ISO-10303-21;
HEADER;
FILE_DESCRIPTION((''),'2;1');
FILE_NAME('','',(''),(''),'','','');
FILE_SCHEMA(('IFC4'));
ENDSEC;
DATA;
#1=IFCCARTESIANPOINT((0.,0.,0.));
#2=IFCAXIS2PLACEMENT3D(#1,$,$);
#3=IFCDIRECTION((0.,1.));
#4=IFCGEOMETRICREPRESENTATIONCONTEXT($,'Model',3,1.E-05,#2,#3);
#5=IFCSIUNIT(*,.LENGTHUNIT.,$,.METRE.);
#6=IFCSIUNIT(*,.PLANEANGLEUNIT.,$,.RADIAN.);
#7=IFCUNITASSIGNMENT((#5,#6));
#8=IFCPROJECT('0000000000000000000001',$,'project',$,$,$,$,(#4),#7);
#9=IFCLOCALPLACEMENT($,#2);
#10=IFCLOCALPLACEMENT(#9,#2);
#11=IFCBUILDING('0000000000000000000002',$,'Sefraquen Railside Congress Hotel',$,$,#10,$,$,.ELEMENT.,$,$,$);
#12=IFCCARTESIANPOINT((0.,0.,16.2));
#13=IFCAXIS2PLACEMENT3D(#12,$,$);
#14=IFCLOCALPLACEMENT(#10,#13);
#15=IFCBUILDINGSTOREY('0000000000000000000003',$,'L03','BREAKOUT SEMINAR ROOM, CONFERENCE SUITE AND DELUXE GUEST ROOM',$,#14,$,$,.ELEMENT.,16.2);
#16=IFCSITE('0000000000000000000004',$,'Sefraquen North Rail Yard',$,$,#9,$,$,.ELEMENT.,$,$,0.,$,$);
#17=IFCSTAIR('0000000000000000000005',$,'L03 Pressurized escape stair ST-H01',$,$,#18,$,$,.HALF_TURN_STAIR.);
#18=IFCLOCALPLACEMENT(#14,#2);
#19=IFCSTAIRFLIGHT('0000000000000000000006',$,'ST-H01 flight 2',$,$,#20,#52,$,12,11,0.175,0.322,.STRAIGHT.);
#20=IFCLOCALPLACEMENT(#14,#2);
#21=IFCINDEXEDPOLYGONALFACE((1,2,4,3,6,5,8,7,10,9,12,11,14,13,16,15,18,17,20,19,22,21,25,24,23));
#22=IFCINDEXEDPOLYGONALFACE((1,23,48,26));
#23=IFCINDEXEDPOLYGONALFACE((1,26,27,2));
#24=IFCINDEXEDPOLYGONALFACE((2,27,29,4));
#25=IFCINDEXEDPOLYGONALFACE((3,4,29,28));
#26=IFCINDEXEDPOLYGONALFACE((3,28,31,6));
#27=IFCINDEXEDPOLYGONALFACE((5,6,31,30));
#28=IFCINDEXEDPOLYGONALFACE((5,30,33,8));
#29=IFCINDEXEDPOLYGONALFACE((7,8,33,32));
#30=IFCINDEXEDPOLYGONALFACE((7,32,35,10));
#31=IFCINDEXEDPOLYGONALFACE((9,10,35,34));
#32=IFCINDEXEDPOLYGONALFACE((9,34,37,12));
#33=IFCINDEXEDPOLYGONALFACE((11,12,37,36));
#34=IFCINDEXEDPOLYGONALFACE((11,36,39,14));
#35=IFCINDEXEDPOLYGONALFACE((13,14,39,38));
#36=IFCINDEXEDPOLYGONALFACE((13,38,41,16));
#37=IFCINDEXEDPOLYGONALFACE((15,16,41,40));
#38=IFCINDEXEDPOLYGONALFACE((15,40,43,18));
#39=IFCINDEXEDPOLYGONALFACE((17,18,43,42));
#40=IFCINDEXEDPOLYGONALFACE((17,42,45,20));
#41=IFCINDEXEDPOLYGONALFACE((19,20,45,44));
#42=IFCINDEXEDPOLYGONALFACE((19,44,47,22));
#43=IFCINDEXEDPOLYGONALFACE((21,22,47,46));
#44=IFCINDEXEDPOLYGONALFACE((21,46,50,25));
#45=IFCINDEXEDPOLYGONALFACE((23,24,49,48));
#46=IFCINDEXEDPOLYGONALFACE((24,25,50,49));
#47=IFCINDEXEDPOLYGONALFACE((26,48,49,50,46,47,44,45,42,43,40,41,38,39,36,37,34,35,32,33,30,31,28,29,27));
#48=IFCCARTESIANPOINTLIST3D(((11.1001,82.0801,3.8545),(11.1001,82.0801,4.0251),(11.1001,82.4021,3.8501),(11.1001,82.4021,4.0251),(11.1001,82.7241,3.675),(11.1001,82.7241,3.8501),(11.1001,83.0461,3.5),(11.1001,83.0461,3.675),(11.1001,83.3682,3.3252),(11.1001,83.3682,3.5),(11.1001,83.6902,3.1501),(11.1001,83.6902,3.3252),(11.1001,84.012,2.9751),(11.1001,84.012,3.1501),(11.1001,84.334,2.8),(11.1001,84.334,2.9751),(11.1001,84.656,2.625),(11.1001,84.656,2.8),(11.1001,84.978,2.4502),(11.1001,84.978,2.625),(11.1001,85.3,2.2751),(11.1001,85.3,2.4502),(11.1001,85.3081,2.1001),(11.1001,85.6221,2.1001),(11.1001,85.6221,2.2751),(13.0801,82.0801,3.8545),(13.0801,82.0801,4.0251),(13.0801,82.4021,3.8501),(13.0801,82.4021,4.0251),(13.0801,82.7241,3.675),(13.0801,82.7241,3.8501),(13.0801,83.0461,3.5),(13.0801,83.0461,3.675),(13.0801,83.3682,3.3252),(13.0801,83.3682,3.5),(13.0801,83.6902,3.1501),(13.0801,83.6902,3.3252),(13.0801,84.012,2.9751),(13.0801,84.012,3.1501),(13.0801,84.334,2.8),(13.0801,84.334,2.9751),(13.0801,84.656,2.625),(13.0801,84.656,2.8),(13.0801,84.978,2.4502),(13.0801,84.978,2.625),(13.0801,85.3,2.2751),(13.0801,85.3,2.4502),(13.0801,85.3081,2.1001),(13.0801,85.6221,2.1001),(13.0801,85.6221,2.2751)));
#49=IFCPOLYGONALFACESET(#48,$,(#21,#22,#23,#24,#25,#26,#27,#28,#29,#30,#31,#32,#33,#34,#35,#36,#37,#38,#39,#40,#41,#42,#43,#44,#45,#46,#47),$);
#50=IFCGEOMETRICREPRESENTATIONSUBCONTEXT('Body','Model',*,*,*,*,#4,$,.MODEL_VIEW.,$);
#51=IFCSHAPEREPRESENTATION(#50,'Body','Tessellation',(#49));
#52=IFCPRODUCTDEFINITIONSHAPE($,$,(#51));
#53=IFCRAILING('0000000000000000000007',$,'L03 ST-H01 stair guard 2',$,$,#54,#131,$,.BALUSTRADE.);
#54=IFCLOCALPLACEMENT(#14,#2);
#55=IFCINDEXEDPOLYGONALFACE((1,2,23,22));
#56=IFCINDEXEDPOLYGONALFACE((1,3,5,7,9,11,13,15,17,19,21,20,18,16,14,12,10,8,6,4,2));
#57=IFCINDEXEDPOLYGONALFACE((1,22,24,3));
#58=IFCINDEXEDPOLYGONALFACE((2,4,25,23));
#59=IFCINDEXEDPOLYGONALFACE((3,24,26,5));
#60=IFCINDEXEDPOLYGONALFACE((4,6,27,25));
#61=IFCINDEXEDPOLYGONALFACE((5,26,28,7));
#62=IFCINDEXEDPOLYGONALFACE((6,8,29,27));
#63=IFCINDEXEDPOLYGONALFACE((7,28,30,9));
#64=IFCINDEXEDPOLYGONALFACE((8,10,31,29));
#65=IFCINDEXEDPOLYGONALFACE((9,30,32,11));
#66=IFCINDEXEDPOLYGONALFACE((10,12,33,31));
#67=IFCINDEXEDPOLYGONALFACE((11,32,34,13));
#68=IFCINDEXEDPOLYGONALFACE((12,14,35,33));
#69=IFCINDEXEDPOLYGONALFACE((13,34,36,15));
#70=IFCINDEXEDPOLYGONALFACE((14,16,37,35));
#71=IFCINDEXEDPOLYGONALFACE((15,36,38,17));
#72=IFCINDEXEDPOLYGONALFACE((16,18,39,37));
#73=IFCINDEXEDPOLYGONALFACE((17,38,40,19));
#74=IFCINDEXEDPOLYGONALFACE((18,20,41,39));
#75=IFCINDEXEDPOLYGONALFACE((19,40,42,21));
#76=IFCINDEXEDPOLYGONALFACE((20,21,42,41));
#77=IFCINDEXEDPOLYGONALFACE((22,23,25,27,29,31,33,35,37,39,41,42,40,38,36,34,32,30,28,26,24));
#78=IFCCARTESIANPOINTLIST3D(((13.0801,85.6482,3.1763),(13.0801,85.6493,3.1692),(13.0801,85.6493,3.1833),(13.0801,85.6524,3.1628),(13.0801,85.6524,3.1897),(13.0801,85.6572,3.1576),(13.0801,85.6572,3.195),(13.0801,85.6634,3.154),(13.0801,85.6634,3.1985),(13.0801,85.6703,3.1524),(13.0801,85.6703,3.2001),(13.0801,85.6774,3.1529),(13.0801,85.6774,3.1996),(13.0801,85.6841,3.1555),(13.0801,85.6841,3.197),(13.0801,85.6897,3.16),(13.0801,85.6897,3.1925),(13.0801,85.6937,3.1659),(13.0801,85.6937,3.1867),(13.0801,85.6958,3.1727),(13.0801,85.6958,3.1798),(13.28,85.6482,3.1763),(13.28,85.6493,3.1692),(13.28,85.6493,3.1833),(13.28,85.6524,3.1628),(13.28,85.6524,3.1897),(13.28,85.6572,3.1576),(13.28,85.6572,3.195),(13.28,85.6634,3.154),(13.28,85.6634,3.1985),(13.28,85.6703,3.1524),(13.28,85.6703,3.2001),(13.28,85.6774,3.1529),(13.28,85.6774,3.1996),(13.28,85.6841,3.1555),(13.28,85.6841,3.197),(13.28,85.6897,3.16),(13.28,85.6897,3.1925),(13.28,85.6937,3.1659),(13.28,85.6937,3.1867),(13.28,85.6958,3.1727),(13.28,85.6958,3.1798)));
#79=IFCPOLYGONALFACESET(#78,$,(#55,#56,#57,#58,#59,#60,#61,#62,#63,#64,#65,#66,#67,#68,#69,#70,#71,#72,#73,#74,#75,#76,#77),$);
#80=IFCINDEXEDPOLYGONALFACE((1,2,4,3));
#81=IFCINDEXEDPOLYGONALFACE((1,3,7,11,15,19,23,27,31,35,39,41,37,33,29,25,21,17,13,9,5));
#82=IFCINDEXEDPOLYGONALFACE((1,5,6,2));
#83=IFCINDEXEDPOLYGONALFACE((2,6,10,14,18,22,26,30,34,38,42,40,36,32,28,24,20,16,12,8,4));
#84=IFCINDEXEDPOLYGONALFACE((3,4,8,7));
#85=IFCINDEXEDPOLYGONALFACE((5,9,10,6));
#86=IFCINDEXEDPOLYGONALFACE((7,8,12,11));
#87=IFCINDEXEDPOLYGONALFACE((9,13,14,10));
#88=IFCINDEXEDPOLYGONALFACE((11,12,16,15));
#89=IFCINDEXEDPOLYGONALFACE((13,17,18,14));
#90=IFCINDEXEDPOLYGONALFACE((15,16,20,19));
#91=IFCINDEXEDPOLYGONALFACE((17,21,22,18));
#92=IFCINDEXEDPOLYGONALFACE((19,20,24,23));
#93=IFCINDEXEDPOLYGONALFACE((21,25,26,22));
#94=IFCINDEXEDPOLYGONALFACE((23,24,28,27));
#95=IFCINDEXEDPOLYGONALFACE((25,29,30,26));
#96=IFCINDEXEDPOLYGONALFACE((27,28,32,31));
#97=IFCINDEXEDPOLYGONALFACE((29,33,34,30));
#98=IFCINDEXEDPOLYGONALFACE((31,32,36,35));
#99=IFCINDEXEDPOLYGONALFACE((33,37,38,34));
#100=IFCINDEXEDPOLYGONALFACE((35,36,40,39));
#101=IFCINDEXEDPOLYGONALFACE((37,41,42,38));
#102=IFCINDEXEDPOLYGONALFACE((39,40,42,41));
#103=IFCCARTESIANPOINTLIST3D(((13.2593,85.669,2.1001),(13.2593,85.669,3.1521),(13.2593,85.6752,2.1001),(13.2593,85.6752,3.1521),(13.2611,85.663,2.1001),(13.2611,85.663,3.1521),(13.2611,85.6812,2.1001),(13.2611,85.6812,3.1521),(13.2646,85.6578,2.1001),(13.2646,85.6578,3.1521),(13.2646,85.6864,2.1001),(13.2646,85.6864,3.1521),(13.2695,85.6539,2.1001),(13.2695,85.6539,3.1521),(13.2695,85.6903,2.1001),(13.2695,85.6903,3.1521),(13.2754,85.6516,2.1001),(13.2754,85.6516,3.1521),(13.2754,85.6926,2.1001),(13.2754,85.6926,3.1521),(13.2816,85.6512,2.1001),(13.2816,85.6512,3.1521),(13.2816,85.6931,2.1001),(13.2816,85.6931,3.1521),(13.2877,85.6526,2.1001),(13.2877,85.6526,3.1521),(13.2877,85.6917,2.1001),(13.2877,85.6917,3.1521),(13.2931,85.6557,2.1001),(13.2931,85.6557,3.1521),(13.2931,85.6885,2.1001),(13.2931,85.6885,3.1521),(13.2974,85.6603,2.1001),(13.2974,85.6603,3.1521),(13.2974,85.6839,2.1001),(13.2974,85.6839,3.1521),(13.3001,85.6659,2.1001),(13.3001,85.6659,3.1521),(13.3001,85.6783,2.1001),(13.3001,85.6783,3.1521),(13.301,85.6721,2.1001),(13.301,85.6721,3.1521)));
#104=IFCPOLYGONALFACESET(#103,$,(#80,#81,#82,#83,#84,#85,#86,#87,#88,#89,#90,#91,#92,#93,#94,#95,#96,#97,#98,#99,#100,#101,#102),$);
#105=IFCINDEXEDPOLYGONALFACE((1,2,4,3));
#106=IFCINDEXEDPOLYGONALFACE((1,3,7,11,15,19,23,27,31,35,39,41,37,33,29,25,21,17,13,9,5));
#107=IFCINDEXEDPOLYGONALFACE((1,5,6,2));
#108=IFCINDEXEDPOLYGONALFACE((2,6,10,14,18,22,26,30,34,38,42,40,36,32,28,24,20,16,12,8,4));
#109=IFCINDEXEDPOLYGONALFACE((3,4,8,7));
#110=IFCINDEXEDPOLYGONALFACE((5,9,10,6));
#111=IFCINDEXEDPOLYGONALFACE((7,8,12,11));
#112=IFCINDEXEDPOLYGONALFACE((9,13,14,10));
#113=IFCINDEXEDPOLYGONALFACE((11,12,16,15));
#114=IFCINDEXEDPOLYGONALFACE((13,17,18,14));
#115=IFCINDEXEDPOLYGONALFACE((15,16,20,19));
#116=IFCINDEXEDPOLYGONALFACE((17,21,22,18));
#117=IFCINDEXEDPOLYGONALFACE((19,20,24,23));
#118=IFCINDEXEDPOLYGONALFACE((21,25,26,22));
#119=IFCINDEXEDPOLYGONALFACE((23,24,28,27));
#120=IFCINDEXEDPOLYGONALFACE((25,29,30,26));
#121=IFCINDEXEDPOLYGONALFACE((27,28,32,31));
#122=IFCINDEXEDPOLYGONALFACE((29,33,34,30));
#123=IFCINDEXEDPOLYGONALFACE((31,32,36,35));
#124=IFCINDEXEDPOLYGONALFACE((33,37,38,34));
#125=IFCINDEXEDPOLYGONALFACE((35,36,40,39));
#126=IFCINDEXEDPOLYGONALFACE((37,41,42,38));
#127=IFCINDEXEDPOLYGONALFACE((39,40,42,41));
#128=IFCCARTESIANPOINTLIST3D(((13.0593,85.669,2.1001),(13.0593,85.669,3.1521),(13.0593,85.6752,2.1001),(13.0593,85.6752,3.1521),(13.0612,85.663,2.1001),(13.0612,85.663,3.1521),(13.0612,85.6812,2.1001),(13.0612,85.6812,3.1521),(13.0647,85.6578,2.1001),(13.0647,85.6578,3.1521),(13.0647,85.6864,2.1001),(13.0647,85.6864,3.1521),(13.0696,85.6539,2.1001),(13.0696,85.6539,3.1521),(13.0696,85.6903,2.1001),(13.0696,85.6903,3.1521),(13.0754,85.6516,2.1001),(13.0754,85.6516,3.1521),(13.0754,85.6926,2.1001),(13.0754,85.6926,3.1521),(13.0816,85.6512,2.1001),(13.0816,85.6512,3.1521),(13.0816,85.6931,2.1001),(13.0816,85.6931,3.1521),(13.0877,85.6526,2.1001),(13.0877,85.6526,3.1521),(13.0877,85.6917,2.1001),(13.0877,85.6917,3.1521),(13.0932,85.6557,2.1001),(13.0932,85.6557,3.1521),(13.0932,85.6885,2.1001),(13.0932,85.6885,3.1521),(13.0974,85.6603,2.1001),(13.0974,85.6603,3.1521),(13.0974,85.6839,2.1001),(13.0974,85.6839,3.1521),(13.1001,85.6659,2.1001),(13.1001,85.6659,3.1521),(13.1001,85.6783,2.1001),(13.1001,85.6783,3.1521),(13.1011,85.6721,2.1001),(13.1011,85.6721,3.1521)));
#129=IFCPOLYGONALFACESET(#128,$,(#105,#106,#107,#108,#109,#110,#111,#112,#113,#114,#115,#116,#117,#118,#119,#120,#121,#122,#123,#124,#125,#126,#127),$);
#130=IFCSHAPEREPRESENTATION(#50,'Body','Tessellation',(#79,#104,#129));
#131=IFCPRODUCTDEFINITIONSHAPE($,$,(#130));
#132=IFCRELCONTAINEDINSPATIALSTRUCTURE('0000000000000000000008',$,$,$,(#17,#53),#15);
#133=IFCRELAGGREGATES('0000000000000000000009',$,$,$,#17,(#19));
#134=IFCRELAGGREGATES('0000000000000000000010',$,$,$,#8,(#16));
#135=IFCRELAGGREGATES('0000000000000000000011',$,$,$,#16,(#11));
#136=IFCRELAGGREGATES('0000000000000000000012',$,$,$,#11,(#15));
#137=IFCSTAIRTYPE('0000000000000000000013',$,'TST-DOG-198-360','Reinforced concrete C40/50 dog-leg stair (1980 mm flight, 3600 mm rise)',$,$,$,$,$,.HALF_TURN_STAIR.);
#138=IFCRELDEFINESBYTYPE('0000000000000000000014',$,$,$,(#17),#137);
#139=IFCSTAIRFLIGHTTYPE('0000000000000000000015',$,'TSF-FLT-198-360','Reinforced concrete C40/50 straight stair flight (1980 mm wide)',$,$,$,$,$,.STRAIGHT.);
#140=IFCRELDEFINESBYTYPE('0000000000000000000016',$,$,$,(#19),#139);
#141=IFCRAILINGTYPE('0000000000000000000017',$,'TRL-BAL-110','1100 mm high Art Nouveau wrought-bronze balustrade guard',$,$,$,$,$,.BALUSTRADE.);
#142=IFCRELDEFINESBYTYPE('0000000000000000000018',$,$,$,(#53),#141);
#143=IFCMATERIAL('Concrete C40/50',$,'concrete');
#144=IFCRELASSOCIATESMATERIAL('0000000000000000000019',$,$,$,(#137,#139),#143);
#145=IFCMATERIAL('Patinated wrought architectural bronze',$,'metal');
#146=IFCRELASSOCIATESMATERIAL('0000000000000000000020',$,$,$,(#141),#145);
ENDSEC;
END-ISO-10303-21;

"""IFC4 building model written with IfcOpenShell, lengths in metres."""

from ifc_helpers import new_model, si_unit, direction, frame, origin, origin_2d, place, context, subcontext, project, spatial, polyline, circle, outline, extrude, material, type_object, element, aggregate, save


model = new_model("IFC4")

# Units and contexts
model_context = context("Model", 3, precision=1e-05, world=origin(), true_north=direction((0.0, 1.0)))
body_context = subcontext(model_context, "Body", "Model", "MODEL_VIEW")
ifc_project = project(units=[si_unit("LENGTHUNIT", "METRE"), si_unit("PLANEANGLEUNIT", "RADIAN")], contexts=[model_context])

# Site, building, storey
site_placement = place(None, origin())
site = spatial("IfcSite", under=ifc_project, at=site_placement, Name="Sefraquen North Rail Yard", CompositionType="ELEMENT", RefElevation=0.0)
building_placement = place(site_placement, origin())
building = spatial("IfcBuilding", under=site, at=building_placement, Name="Sefraquen Railside Congress Hotel", CompositionType="ELEMENT")
storey_placement = place(building_placement, frame((0.0, 0.0, 16.2)))
storey = spatial("IfcBuildingStorey", under=building, at=storey_placement, Name="L03", Description="BREAKOUT SEMINAR ROOM, CONFERENCE SUITE AND DELUXE GUEST ROOM", CompositionType="ELEMENT", Elevation=16.2)

# Stair, stair flight
ifc_material_1 = material(Name="Concrete C40/50", Category="concrete")
stair_type = type_object("IfcStairType", Name="TST-DOG-198-360", Description="Reinforced concrete C40/50 dog-leg stair (1980 mm flight, 3600 mm rise)", PredefinedType="HALF_TURN_STAIR", material=ifc_material_1)
stair_placement = place(storey_placement, origin())
stair = element("IfcStair", 1, at=stair_placement, inside=storey, type_object=stair_type, Name="L03 Pressurized escape stair ST-H01", PredefinedType="HALF_TURN_STAIR")
stair_flight_type = type_object("IfcStairFlightType", Name="TSF-FLT-198-360", Description="Reinforced concrete C40/50 straight stair flight (1980 mm wide)", PredefinedType="STRAIGHT", material=ifc_material_1)
stair_flight_placement = place(storey_placement, frame((12.0901, 85.6221, 2.1001), z_axis=(0.0, 0.0, 1.0), x_axis=(0.0, -1.0, 0.0)))
stair_flight = element("IfcStairFlight", 2, at=stair_flight_placement, type_object=stair_flight_type, Name="ST-H01 flight 2", NumberOfRisers=12, NumberOfTreads=11, PredefinedType="STRAIGHT", RiserHeight=0.175, TreadLength=0.322, context=body_context, shape_type="SweptSolid", body=[
    extrude(outline(polyline([(0.0, 0.0), (0.0, 0.175), (0.322, 0.175), (0.322, 0.3501), (0.644, 0.3501), (0.644, 0.5249), (0.9661, 0.5249), (0.9661, 0.7), (1.2881, 0.7), (1.2881, 0.875), (1.6101, 0.875), (1.6101, 1.05), (1.9319, 1.05), (1.9319, 1.2251), (2.2539, 1.2251), (2.2539, 1.3999), (2.5759, 1.3999), (2.5759, 1.575), (2.8979, 1.575), (2.8979, 1.75), (3.22, 1.75), (3.22, 1.925), (3.542, 1.925), (3.542, 2.1001), (3.542, 1.7544), (0.314, 0.0), (0.0, 0.0)])), frame((0.0, 0.99, 0.0), z_axis=(0.0, -1.0, 0.0), x_axis=(1.0, 0.0, 0.0)), (0.0, 0.0, 1.0), 1.98),
])
aggregate(stair, [stair_flight])

# Railing
ifc_material_2 = material(Name="Patinated wrought architectural bronze", Category="metal")
railing_type_1 = type_object("IfcRailingType", Name="TRL-BAL-110", Description="1100 mm high Art Nouveau wrought-bronze balustrade guard", PredefinedType="BALUSTRADE", material=ifc_material_2)
railing_1_placement = place(storey_placement, frame((13.28, 85.6721, 2.1001)))
element("IfcRailing", 3, at=railing_1_placement, inside=storey, type_object=railing_type_1, Name="L03 ST-H01 stair guard 2", PredefinedType="BALUSTRADE", context=body_context, shape_type="SweptSolid", body=[
    extrude(circle(Radius=0.0239, at=origin_2d()), frame((0.0, 0.0, 1.0762), z_axis=(-1.0, 0.0, 0.0), x_axis=(0.0, -1.0, 0.0)), (0.0, 0.0, 1.0), 0.2),
    extrude(circle(Radius=0.021, at=origin_2d()), origin(), (0.0, 0.0, 1.0), 1.052),
    extrude(circle(Radius=0.021, at=origin_2d()), frame((-0.2, 0.0, 0.0)), (0.0, 0.0, 1.0), 1.052),
])

save(model, "model.ifc")
